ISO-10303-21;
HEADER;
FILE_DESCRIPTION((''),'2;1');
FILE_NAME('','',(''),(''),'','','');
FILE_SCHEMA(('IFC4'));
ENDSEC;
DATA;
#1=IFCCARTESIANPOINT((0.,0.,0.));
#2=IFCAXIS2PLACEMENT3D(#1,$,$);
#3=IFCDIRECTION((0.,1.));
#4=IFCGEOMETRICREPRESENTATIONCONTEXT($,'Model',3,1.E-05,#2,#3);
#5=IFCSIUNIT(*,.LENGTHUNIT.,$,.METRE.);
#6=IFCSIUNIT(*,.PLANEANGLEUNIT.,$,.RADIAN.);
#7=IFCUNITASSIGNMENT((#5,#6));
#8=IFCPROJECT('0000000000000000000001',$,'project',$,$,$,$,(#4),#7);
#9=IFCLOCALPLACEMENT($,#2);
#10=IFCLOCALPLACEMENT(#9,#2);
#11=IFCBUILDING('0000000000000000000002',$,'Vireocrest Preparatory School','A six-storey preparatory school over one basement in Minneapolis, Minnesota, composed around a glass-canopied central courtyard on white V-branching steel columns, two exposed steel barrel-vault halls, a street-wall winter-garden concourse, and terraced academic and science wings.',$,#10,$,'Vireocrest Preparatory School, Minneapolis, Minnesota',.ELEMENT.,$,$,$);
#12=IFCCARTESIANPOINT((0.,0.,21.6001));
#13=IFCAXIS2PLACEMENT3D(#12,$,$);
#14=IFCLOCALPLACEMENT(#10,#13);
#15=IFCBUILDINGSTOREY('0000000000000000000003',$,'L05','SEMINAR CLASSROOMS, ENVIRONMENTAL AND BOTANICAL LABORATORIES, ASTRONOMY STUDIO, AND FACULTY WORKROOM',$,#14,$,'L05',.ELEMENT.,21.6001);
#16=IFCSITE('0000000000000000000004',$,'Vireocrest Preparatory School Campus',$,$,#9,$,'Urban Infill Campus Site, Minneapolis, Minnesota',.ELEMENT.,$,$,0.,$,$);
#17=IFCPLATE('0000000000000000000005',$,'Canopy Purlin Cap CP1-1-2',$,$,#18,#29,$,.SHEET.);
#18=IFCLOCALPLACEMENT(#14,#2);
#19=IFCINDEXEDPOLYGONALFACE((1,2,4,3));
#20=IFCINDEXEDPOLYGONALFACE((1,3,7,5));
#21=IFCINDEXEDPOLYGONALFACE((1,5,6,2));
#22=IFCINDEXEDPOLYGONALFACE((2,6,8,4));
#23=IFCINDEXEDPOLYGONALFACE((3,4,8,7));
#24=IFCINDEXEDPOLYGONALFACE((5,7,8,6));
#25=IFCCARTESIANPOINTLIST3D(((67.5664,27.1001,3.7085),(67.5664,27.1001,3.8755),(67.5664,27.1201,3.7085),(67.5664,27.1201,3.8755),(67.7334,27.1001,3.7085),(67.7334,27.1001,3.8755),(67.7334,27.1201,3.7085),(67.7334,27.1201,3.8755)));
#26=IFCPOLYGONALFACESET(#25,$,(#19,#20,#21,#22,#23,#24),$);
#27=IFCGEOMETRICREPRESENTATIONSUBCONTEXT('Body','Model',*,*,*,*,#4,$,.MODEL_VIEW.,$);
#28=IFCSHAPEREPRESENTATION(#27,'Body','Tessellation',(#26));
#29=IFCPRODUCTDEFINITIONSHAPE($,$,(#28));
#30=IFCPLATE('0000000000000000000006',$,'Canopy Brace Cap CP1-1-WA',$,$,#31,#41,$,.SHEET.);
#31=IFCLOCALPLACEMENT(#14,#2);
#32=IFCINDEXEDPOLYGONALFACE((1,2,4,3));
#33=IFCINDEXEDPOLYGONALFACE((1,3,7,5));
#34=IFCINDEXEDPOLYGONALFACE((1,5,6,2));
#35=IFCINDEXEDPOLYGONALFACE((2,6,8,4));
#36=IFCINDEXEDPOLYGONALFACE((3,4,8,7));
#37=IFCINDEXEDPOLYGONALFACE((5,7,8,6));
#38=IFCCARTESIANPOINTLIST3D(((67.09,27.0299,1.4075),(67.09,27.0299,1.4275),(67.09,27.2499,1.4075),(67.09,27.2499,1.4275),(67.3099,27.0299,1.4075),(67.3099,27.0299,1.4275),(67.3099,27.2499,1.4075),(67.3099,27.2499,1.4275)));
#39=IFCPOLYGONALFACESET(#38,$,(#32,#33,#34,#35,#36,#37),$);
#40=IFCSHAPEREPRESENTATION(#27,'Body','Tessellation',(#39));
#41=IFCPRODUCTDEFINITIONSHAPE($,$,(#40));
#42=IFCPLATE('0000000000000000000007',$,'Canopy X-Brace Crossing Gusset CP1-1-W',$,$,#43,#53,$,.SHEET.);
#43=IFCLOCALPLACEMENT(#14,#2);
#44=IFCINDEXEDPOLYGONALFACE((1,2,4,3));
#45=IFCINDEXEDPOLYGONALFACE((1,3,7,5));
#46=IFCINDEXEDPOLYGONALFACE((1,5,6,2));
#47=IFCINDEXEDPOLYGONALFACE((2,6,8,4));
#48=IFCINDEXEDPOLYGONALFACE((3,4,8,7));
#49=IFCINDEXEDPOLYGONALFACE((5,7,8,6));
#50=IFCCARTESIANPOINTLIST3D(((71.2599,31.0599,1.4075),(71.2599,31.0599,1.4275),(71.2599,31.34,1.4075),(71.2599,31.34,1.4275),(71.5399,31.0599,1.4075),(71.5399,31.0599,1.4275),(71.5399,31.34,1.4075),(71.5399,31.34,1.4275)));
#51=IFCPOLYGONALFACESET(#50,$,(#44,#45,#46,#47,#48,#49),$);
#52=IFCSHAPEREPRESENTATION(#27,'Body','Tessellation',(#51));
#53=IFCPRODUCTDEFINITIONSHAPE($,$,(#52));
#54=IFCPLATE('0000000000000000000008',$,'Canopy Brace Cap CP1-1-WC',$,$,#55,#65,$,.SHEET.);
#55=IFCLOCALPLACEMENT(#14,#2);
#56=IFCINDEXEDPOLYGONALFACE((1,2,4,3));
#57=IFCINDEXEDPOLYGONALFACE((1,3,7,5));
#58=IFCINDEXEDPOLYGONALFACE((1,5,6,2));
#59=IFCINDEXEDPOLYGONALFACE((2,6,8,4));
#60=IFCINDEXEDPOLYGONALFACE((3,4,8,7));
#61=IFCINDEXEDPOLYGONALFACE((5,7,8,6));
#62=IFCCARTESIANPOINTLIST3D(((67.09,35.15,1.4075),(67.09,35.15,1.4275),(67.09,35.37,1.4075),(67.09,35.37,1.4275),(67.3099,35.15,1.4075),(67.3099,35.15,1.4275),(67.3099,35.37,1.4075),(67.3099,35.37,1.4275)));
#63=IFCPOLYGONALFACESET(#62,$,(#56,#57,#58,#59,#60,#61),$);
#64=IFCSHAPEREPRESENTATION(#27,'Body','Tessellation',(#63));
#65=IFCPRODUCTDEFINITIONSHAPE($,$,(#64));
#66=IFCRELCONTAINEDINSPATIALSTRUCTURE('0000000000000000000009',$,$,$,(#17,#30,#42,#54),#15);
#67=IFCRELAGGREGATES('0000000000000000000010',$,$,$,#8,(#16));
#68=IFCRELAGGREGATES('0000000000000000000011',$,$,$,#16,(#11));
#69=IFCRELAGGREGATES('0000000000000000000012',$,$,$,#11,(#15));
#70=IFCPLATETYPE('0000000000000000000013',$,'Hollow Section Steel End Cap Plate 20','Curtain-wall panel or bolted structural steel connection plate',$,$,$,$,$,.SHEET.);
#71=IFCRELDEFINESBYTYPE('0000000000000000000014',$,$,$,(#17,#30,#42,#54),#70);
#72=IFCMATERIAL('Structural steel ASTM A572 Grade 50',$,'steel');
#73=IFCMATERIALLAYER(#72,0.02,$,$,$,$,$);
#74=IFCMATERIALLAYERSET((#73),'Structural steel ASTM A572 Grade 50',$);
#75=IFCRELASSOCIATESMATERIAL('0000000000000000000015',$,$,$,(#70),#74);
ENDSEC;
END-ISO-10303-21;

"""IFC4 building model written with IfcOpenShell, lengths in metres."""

from ifc_helpers import new_model, si_unit, direction, frame, origin, origin_2d, place, context, subcontext, project, spatial, rectangle, extrude, material, layer, layer_set, type_object, element, save


model = new_model("IFC4")

# Units and contexts
model_context = context("Model", 3, precision=1e-05, world=origin(), true_north=direction((0.0, 1.0)))
body_context = subcontext(model_context, "Body", "Model", "MODEL_VIEW")
ifc_project = project(units=[si_unit("LENGTHUNIT", "METRE"), si_unit("PLANEANGLEUNIT", "RADIAN")], contexts=[model_context])

# Site, building, storey
site_placement = place(None, origin())
site = spatial("IfcSite", under=ifc_project, at=site_placement, Name="Vireocrest Preparatory School Campus", LongName="Urban Infill Campus Site, Minneapolis, Minnesota", CompositionType="ELEMENT", RefElevation=0.0)
building_placement = place(site_placement, origin())
building = spatial("IfcBuilding", under=site, at=building_placement, Name="Vireocrest Preparatory School", Description="A six-storey preparatory school over one basement in Minneapolis, Minnesota, composed around a glass-canopied central courtyard on white V-branching steel columns, two exposed steel barrel-vault halls, a street-wall winter-garden concourse, and terraced academic and science wings.", LongName="Vireocrest Preparatory School, Minneapolis, Minnesota", CompositionType="ELEMENT")
storey_placement = place(building_placement, frame((0.0, 0.0, 21.6001)))
storey = spatial("IfcBuildingStorey", under=building, at=storey_placement, Name="L05", Description="SEMINAR CLASSROOMS, ENVIRONMENTAL AND BOTANICAL LABORATORIES, ASTRONOMY STUDIO, AND FACULTY WORKROOM", LongName="L05", CompositionType="ELEMENT", Elevation=21.6001)

# Plates
ifc_material_1 = material(Name="Structural steel ASTM A572 Grade 50", Category="steel")
ifc_layer_1 = layer(ifc_material_1, 0.02)
ifc_layer_set_1 = layer_set([ifc_layer_1], Name="Structural steel ASTM A572 Grade 50")
plate_type_1 = type_object("IfcPlateType", Name="Hollow Section Steel End Cap Plate 20", Description="Curtain-wall panel or bolted structural steel connection plate", PredefinedType="SHEET", material=ifc_layer_set_1)
plate_1_placement = place(storey_placement, frame((67.6499, 27.1101, 3.7085), z_axis=(0.0, 0.0, 1.0), x_axis=(1.0, 0.0, 0.0)))
element("IfcPlate", 1, at=plate_1_placement, inside=storey, type_object=plate_type_1, Name="Canopy Purlin Cap CP1-1-2", PredefinedType="SHEET", context=body_context, shape_type="SweptSolid", body=[
    extrude(rectangle(XDim=0.167, YDim=0.02, at=origin_2d()), origin(), (0.0, 0.0, 1.0), 0.167),
])
plate_2_placement = place(storey_placement, frame((67.2, 27.1399, 1.4075), z_axis=(0.0, 0.0, 1.0), x_axis=(1.0, 0.0, 0.0)))
element("IfcPlate", 2, at=plate_2_placement, inside=storey, type_object=plate_type_1, Name="Canopy Brace Cap CP1-1-WA", PredefinedType="SHEET", context=body_context, shape_type="SweptSolid", body=[
    extrude(rectangle(XDim=0.22, YDim=0.22, at=origin_2d()), origin(), (0.0, 0.0, 1.0), 0.02),
])
plate_3_placement = place(storey_placement, frame((71.3999, 31.2, 1.4075), z_axis=(0.0, 0.0, 1.0), x_axis=(1.0, 0.0, 0.0)))
element("IfcPlate", 3, at=plate_3_placement, inside=storey, type_object=plate_type_1, Name="Canopy X-Brace Crossing Gusset CP1-1-W", PredefinedType="SHEET", context=body_context, shape_type="SweptSolid", body=[
    extrude(rectangle(XDim=0.28, YDim=0.28, at=origin_2d()), origin(), (0.0, 0.0, 1.0), 0.02),
])
plate_4_placement = place(storey_placement, frame((67.2, 35.26, 1.4075), z_axis=(0.0, 0.0, 1.0), x_axis=(1.0, 0.0, 0.0)))
element("IfcPlate", 4, at=plate_4_placement, inside=storey, type_object=plate_type_1, Name="Canopy Brace Cap CP1-1-WC", PredefinedType="SHEET", context=body_context, shape_type="SweptSolid", body=[
    extrude(rectangle(XDim=0.22, YDim=0.22, at=origin_2d()), origin(), (0.0, 0.0, 1.0), 0.02),
])

save(model, "model.ifc")
